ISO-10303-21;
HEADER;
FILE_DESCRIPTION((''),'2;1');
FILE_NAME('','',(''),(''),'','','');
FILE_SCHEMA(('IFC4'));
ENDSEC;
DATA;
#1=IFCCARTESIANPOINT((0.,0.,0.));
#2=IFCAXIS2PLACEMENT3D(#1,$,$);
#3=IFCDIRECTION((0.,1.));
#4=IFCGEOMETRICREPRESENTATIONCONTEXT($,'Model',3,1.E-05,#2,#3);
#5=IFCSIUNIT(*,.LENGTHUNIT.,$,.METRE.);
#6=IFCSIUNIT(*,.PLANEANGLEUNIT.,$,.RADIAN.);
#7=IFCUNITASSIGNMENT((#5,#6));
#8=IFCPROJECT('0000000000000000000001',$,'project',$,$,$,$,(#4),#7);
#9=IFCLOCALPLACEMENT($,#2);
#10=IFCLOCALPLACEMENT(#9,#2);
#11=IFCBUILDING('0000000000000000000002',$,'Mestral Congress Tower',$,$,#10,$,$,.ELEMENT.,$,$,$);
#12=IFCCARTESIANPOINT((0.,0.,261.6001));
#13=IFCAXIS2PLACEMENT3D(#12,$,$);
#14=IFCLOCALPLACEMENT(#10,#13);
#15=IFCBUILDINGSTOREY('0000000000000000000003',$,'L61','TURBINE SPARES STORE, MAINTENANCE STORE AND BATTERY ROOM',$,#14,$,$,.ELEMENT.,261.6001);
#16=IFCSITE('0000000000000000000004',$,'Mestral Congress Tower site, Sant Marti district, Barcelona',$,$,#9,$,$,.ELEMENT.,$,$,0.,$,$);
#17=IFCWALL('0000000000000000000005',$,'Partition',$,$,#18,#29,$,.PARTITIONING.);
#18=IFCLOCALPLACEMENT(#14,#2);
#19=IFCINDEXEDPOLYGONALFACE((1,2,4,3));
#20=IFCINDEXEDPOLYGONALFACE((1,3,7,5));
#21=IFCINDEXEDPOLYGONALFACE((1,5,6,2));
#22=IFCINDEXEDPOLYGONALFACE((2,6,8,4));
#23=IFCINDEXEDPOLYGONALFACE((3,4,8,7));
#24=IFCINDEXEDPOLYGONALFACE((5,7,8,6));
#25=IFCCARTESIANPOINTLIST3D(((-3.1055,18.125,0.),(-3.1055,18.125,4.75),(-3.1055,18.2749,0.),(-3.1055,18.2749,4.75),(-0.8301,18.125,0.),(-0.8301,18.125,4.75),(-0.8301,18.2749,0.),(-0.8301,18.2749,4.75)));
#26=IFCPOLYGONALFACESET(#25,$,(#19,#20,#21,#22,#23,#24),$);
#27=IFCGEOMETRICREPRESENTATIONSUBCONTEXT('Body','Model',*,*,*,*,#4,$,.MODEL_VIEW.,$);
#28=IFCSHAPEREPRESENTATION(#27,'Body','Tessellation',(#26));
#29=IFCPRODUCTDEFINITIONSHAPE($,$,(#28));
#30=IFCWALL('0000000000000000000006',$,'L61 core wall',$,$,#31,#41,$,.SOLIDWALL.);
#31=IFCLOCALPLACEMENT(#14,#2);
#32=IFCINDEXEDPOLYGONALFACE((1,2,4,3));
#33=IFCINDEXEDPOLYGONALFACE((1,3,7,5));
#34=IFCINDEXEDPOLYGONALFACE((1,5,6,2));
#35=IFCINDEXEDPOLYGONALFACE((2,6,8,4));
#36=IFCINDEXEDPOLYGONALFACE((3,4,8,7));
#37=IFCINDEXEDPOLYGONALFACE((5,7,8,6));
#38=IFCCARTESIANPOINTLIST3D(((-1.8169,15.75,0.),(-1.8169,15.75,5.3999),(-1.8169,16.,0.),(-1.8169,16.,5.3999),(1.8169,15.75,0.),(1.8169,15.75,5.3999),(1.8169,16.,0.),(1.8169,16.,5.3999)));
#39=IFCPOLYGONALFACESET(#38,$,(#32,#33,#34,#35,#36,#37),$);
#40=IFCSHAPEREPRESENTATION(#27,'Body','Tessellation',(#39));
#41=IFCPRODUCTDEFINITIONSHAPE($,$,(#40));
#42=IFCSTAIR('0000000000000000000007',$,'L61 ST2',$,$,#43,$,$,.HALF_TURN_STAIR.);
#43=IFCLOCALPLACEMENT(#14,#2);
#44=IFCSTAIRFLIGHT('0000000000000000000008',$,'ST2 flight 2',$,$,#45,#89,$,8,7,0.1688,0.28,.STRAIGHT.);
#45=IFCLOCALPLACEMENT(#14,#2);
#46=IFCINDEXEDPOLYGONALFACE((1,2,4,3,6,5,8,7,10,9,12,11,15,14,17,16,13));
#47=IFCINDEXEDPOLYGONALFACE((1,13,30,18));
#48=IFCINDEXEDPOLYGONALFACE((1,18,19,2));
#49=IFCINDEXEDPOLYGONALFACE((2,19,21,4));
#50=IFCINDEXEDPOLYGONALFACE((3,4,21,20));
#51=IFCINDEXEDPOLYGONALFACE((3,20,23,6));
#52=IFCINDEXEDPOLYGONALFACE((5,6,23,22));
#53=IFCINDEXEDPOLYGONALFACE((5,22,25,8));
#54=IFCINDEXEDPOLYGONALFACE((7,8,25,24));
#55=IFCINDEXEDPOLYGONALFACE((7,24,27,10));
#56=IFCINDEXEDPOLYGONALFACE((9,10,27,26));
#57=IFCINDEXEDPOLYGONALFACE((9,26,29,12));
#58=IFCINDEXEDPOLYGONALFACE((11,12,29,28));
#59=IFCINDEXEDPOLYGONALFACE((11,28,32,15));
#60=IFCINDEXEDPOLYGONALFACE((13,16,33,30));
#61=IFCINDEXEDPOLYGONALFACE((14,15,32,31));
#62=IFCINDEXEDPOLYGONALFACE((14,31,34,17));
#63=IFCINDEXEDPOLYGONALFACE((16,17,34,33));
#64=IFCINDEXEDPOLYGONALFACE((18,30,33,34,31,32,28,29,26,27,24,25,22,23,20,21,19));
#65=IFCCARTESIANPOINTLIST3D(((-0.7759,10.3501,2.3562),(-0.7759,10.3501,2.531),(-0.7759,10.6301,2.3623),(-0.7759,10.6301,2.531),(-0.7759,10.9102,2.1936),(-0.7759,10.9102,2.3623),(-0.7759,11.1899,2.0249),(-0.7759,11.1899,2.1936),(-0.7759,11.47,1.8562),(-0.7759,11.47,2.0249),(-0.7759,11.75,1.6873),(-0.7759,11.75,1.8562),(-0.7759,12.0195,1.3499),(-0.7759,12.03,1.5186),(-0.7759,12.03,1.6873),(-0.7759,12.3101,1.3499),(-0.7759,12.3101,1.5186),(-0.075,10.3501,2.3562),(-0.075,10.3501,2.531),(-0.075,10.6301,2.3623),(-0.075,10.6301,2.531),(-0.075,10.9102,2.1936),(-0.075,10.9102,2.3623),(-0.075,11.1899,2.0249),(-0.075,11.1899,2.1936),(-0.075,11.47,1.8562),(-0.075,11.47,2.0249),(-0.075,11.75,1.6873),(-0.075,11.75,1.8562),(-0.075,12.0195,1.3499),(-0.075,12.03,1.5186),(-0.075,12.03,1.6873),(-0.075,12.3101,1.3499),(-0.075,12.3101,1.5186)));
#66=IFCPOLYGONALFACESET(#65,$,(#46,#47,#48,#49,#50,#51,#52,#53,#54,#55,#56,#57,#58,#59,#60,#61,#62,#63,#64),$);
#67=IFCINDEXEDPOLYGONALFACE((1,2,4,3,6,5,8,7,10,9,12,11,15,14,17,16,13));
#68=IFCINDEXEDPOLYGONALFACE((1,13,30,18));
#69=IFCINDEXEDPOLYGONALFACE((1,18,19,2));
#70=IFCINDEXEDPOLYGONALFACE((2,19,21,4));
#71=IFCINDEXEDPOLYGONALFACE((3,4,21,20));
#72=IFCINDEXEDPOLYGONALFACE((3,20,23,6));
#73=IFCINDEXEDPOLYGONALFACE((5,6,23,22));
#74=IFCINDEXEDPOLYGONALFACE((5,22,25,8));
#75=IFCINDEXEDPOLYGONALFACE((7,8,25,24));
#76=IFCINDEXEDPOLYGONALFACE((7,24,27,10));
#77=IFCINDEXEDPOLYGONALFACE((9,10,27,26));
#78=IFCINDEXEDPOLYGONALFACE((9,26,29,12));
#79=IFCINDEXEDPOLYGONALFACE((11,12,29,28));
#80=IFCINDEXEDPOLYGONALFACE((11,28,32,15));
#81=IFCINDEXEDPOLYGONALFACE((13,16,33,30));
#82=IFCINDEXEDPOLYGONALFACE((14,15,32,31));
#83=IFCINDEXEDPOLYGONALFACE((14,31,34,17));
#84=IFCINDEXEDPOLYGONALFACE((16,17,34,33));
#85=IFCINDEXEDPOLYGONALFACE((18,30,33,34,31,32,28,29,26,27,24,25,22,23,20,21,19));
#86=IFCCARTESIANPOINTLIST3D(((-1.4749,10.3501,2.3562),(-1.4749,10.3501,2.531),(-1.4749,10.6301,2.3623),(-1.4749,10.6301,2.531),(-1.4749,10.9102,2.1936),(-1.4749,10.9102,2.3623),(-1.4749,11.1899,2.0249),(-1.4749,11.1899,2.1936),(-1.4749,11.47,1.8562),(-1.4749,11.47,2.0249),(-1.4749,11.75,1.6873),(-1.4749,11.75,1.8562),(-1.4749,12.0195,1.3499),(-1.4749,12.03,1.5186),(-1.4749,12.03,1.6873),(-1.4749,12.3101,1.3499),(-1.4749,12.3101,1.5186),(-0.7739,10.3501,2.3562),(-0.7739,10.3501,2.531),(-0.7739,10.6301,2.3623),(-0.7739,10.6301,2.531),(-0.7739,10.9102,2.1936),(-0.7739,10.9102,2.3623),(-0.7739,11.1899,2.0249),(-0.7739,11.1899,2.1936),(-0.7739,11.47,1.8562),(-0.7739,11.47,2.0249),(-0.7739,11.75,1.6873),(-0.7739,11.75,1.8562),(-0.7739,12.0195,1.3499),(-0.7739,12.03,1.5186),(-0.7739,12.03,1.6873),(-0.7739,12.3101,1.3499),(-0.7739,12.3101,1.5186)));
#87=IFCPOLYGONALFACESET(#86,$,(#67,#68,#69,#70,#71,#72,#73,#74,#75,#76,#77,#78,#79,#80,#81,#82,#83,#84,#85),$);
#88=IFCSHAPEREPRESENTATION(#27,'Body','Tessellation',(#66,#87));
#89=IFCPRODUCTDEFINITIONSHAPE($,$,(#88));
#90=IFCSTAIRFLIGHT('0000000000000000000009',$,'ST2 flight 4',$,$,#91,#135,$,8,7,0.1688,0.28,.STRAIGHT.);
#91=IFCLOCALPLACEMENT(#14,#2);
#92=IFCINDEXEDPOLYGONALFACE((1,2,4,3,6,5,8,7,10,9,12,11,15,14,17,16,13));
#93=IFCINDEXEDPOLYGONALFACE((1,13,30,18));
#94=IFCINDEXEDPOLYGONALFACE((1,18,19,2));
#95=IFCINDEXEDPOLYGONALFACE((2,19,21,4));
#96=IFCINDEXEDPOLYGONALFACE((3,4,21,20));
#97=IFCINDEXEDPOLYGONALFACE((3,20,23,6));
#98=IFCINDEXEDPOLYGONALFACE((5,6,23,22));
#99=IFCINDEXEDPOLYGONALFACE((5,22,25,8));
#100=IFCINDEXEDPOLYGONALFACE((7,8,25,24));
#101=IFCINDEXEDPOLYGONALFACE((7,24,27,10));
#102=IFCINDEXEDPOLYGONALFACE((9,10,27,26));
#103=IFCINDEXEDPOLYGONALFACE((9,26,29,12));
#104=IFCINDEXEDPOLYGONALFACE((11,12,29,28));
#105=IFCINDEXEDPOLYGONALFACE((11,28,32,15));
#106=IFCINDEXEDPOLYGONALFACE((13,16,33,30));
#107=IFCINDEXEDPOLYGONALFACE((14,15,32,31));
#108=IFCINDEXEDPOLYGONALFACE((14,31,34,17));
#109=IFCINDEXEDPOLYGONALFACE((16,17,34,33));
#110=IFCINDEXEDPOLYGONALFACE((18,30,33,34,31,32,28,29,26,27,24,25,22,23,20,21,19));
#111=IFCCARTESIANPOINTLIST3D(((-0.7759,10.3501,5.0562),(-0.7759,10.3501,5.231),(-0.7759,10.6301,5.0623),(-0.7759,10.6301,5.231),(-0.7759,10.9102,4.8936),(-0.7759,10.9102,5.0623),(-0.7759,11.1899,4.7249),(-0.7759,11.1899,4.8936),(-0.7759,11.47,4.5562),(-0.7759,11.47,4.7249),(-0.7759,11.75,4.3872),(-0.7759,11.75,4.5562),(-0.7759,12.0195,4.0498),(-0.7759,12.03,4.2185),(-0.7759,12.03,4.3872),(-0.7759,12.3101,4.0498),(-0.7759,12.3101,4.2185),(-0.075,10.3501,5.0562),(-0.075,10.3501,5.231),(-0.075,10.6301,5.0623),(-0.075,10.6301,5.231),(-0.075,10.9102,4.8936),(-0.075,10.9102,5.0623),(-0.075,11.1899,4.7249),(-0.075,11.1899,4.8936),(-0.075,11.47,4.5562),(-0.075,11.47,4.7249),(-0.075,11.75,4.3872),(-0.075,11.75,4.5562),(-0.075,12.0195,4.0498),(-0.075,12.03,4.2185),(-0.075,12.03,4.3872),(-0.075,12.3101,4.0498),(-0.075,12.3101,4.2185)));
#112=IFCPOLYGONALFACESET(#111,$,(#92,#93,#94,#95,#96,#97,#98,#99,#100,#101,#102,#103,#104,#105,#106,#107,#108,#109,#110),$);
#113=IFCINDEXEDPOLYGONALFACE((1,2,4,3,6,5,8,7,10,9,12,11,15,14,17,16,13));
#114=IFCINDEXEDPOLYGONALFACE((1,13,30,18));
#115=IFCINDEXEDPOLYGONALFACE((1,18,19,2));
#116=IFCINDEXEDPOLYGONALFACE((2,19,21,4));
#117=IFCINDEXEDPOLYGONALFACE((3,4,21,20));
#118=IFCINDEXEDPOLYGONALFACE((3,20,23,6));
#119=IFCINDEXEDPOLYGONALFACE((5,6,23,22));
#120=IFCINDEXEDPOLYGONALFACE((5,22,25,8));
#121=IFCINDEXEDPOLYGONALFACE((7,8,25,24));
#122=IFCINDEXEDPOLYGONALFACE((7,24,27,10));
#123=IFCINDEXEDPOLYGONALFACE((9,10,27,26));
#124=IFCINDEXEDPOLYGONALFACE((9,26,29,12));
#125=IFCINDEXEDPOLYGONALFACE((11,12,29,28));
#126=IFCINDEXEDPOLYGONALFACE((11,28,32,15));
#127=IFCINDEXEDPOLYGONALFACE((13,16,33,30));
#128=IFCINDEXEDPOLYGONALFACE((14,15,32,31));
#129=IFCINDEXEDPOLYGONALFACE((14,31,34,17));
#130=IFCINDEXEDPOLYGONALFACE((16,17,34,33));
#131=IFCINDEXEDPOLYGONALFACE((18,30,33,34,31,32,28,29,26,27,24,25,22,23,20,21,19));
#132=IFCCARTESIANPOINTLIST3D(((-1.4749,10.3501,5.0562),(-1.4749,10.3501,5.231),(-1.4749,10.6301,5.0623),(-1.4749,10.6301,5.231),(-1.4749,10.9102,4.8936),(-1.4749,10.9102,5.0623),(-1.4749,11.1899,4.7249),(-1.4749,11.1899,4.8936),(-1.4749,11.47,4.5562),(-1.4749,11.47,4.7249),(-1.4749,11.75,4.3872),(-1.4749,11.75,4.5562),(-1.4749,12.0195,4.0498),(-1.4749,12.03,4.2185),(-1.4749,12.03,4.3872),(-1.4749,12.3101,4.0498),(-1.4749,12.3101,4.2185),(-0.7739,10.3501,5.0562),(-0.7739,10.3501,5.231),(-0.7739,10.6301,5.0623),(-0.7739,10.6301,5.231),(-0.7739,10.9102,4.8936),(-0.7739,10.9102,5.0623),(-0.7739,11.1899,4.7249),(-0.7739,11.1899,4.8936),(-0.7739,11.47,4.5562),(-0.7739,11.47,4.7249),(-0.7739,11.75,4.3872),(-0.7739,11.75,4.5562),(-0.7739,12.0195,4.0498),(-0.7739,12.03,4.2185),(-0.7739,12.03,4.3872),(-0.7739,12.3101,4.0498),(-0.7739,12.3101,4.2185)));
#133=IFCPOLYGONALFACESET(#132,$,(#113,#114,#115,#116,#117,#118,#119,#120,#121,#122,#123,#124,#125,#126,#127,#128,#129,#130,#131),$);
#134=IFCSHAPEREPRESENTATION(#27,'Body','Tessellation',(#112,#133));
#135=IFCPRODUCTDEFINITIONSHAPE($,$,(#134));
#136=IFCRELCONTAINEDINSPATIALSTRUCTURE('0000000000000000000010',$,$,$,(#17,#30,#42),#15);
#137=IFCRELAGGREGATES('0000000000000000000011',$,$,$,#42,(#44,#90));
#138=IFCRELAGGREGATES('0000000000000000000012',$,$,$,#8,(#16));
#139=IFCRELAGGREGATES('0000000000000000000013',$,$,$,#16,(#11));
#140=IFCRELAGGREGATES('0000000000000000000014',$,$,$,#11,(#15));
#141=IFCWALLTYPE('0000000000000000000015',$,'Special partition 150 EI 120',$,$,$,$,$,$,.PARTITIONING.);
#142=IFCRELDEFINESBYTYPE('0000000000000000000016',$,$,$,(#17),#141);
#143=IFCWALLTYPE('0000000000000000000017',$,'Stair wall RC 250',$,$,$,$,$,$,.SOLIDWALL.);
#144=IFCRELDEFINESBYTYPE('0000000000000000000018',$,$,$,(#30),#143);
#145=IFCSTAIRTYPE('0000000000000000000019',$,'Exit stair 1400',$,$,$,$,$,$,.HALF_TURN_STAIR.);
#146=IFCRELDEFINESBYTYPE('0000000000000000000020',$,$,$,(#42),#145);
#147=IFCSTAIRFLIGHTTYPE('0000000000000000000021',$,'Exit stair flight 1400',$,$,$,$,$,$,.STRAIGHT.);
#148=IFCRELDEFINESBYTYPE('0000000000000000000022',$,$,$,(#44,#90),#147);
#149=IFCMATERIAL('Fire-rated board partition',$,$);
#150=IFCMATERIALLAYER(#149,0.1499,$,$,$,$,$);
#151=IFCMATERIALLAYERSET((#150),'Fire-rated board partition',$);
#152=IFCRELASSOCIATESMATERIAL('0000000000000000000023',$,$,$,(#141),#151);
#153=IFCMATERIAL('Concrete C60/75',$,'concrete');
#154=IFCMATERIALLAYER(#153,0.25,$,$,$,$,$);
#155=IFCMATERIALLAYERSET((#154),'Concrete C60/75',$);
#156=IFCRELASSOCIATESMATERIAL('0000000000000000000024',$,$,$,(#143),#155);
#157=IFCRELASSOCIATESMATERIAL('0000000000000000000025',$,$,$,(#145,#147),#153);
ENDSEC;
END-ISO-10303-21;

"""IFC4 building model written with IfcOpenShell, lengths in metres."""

from ifc_helpers import new_model, si_unit, direction, frame, frame_2d, origin, place, context, subcontext, project, spatial, polyline, rectangle, outline, extrude, material, layer, layer_set, type_object, element, aggregate, save


model = new_model("IFC4")

# Units and contexts
model_context = context("Model", 3, precision=1e-05, world=origin(), true_north=direction((0.0, 1.0)))
body_context = subcontext(model_context, "Body", "Model", "MODEL_VIEW")
ifc_project = project(units=[si_unit("LENGTHUNIT", "METRE"), si_unit("PLANEANGLEUNIT", "RADIAN")], contexts=[model_context])

# Site, building, storey
site_placement = place(None, origin())
site = spatial("IfcSite", under=ifc_project, at=site_placement, Name="Mestral Congress Tower site, Sant Marti district, Barcelona", CompositionType="ELEMENT", RefElevation=0.0)
building_placement = place(site_placement, origin())
building = spatial("IfcBuilding", under=site, at=building_placement, Name="Mestral Congress Tower", CompositionType="ELEMENT")
storey_placement = place(building_placement, frame((0.0, 0.0, 261.6001)))
storey = spatial("IfcBuildingStorey", under=building, at=storey_placement, Name="L61", Description="TURBINE SPARES STORE, MAINTENANCE STORE AND BATTERY ROOM", CompositionType="ELEMENT", Elevation=261.6001)

# Shared definitions
ifc_material_1 = material(Name="Concrete C60/75", Category="concrete")

# Shared definitions
placement = place(storey_placement, origin())

# Shared definitions
ifc_material_2 = material(Name="Fire-rated board partition")
ifc_layer_1 = layer(ifc_material_2, 0.1499)
ifc_layer_set_1 = layer_set([ifc_layer_1], Name="Fire-rated board partition")
wall_type_1 = type_object("IfcWallType", Name="Special partition 150 EI 120", PredefinedType="PARTITIONING", material=ifc_layer_set_1)

# Walls
wall_1_placement = place(storey_placement, frame((-3.1055, 18.2, 0.0), z_axis=(0.0, 0.0, 1.0), x_axis=(1.0, 0.0, 0.0)))
element("IfcWall", 1, at=wall_1_placement, inside=storey, type_object=wall_type_1, Name="Partition", PredefinedType="PARTITIONING", context=body_context, shape_type="SweptSolid", body=[
    extrude(rectangle(XDim=2.2754, YDim=0.1499, at=frame_2d((1.1377, 0.0))), origin(), (0.0, 0.0, 1.0), 4.75),
])
ifc_layer_2 = layer(ifc_material_1, 0.25)
ifc_layer_set_2 = layer_set([ifc_layer_2], Name="Concrete C60/75")
wall_type_2 = type_object("IfcWallType", Name="Stair wall RC 250", PredefinedType="SOLIDWALL", material=ifc_layer_set_2)
wall_2_placement = place(storey_placement, frame((-1.8169, 15.875, 0.0), z_axis=(0.0, 0.0, 1.0), x_axis=(1.0, 0.0, 0.0)))
element("IfcWall", 2, at=wall_2_placement, inside=storey, type_object=wall_type_2, Name="L61 core wall", PredefinedType="SOLIDWALL", context=body_context, shape_type="SweptSolid", body=[
    extrude(rectangle(XDim=3.6338, YDim=0.25, at=frame_2d((1.8169, 0.0))), origin(), (0.0, 0.0, 1.0), 5.3999),
])

# Stair, stair flights
stair_type = type_object("IfcStairType", Name="Exit stair 1400", PredefinedType="HALF_TURN_STAIR", material=ifc_material_1)
stair = element("IfcStair", 3, at=placement, inside=storey, type_object=stair_type, Name="L61 ST2", PredefinedType="HALF_TURN_STAIR")
stair_flight_type = type_object("IfcStairFlightType", Name="Exit stair flight 1400", PredefinedType="STRAIGHT", material=ifc_material_1)
stair_flight_1_placement = place(storey_placement, frame((-0.7749, 12.3101, 1.3499), z_axis=(0.0, 0.0, 1.0), x_axis=(0.0, -1.0, 0.0)))
stair_flight_1 = element("IfcStairFlight", 4, at=stair_flight_1_placement, type_object=stair_flight_type, Name="ST2 flight 2", NumberOfRisers=8, NumberOfTreads=7, PredefinedType="STRAIGHT", RiserHeight=0.1688, TreadLength=0.28, context=body_context, shape_type="SweptSolid", body=[
    extrude(outline(polyline([(0.0, 0.0), (0.0, 0.1687), (0.28, 0.1687), (0.28, 0.3374), (0.5601, 0.3374), (0.5601, 0.5063), (0.8401, 0.5063), (0.8401, 0.675), (1.1201, 0.675), (1.1201, 0.8438), (1.3999, 0.8438), (1.3999, 1.0125), (1.6799, 1.0125), (1.6799, 1.1812), (1.96, 1.1812), (1.96, 1.3501), (1.96, 1.0063), (0.2905, 0.0), (0.0, 0.0)])), frame((0.0, 0.7, 0.0), z_axis=(0.0, -1.0, 0.0), x_axis=(1.0, 0.0, 0.0)), (0.0, 0.0, 1.0), 0.7009),
    extrude(outline(polyline([(0.0, 0.0), (0.0, 0.1687), (0.28, 0.1687), (0.28, 0.3374), (0.5601, 0.3374), (0.5601, 0.5063), (0.8401, 0.5063), (0.8401, 0.675), (1.1201, 0.675), (1.1201, 0.8438), (1.3999, 0.8438), (1.3999, 1.0125), (1.6799, 1.0125), (1.6799, 1.1812), (1.96, 1.1812), (1.96, 1.3501), (1.96, 1.0063), (0.2905, 0.0), (0.0, 0.0)])), frame((0.0, 0.001, 0.0), z_axis=(0.0, -1.0, 0.0), x_axis=(1.0, 0.0, 0.0)), (0.0, 0.0, 1.0), 0.7009),
])
stair_flight_2_placement = place(storey_placement, frame((-0.7749, 12.3101, 4.0498), z_axis=(0.0, 0.0, 1.0), x_axis=(0.0, -1.0, 0.0)))
stair_flight_2 = element("IfcStairFlight", 5, at=stair_flight_2_placement, type_object=stair_flight_type, Name="ST2 flight 4", NumberOfRisers=8, NumberOfTreads=7, PredefinedType="STRAIGHT", RiserHeight=0.1688, TreadLength=0.28, context=body_context, shape_type="SweptSolid", body=[
    extrude(outline(polyline([(0.0, 0.0), (0.0, 0.1687), (0.28, 0.1687), (0.28, 0.3374), (0.5601, 0.3374), (0.5601, 0.5063), (0.8401, 0.5063), (0.8401, 0.675), (1.1201, 0.675), (1.1201, 0.8438), (1.3999, 0.8438), (1.3999, 1.0125), (1.6799, 1.0125), (1.6799, 1.1812), (1.96, 1.1812), (1.96, 1.3501), (1.96, 1.0063), (0.2905, 0.0), (0.0, 0.0)])), frame((0.0, 0.7, 0.0), z_axis=(0.0, -1.0, 0.0), x_axis=(1.0, 0.0, 0.0)), (0.0, 0.0, 1.0), 0.7009),
    extrude(outline(polyline([(0.0, 0.0), (0.0, 0.1687), (0.28, 0.1687), (0.28, 0.3374), (0.5601, 0.3374), (0.5601, 0.5063), (0.8401, 0.5063), (0.8401, 0.675), (1.1201, 0.675), (1.1201, 0.8438), (1.3999, 0.8438), (1.3999, 1.0125), (1.6799, 1.0125), (1.6799, 1.1812), (1.96, 1.1812), (1.96, 1.3501), (1.96, 1.0063), (0.2905, 0.0), (0.0, 0.0)])), frame((0.0, 0.001, 0.0), z_axis=(0.0, -1.0, 0.0), x_axis=(1.0, 0.0, 0.0)), (0.0, 0.0, 1.0), 0.7009),
])
aggregate(stair, [stair_flight_1, stair_flight_2])

save(model, "model.ifc")
